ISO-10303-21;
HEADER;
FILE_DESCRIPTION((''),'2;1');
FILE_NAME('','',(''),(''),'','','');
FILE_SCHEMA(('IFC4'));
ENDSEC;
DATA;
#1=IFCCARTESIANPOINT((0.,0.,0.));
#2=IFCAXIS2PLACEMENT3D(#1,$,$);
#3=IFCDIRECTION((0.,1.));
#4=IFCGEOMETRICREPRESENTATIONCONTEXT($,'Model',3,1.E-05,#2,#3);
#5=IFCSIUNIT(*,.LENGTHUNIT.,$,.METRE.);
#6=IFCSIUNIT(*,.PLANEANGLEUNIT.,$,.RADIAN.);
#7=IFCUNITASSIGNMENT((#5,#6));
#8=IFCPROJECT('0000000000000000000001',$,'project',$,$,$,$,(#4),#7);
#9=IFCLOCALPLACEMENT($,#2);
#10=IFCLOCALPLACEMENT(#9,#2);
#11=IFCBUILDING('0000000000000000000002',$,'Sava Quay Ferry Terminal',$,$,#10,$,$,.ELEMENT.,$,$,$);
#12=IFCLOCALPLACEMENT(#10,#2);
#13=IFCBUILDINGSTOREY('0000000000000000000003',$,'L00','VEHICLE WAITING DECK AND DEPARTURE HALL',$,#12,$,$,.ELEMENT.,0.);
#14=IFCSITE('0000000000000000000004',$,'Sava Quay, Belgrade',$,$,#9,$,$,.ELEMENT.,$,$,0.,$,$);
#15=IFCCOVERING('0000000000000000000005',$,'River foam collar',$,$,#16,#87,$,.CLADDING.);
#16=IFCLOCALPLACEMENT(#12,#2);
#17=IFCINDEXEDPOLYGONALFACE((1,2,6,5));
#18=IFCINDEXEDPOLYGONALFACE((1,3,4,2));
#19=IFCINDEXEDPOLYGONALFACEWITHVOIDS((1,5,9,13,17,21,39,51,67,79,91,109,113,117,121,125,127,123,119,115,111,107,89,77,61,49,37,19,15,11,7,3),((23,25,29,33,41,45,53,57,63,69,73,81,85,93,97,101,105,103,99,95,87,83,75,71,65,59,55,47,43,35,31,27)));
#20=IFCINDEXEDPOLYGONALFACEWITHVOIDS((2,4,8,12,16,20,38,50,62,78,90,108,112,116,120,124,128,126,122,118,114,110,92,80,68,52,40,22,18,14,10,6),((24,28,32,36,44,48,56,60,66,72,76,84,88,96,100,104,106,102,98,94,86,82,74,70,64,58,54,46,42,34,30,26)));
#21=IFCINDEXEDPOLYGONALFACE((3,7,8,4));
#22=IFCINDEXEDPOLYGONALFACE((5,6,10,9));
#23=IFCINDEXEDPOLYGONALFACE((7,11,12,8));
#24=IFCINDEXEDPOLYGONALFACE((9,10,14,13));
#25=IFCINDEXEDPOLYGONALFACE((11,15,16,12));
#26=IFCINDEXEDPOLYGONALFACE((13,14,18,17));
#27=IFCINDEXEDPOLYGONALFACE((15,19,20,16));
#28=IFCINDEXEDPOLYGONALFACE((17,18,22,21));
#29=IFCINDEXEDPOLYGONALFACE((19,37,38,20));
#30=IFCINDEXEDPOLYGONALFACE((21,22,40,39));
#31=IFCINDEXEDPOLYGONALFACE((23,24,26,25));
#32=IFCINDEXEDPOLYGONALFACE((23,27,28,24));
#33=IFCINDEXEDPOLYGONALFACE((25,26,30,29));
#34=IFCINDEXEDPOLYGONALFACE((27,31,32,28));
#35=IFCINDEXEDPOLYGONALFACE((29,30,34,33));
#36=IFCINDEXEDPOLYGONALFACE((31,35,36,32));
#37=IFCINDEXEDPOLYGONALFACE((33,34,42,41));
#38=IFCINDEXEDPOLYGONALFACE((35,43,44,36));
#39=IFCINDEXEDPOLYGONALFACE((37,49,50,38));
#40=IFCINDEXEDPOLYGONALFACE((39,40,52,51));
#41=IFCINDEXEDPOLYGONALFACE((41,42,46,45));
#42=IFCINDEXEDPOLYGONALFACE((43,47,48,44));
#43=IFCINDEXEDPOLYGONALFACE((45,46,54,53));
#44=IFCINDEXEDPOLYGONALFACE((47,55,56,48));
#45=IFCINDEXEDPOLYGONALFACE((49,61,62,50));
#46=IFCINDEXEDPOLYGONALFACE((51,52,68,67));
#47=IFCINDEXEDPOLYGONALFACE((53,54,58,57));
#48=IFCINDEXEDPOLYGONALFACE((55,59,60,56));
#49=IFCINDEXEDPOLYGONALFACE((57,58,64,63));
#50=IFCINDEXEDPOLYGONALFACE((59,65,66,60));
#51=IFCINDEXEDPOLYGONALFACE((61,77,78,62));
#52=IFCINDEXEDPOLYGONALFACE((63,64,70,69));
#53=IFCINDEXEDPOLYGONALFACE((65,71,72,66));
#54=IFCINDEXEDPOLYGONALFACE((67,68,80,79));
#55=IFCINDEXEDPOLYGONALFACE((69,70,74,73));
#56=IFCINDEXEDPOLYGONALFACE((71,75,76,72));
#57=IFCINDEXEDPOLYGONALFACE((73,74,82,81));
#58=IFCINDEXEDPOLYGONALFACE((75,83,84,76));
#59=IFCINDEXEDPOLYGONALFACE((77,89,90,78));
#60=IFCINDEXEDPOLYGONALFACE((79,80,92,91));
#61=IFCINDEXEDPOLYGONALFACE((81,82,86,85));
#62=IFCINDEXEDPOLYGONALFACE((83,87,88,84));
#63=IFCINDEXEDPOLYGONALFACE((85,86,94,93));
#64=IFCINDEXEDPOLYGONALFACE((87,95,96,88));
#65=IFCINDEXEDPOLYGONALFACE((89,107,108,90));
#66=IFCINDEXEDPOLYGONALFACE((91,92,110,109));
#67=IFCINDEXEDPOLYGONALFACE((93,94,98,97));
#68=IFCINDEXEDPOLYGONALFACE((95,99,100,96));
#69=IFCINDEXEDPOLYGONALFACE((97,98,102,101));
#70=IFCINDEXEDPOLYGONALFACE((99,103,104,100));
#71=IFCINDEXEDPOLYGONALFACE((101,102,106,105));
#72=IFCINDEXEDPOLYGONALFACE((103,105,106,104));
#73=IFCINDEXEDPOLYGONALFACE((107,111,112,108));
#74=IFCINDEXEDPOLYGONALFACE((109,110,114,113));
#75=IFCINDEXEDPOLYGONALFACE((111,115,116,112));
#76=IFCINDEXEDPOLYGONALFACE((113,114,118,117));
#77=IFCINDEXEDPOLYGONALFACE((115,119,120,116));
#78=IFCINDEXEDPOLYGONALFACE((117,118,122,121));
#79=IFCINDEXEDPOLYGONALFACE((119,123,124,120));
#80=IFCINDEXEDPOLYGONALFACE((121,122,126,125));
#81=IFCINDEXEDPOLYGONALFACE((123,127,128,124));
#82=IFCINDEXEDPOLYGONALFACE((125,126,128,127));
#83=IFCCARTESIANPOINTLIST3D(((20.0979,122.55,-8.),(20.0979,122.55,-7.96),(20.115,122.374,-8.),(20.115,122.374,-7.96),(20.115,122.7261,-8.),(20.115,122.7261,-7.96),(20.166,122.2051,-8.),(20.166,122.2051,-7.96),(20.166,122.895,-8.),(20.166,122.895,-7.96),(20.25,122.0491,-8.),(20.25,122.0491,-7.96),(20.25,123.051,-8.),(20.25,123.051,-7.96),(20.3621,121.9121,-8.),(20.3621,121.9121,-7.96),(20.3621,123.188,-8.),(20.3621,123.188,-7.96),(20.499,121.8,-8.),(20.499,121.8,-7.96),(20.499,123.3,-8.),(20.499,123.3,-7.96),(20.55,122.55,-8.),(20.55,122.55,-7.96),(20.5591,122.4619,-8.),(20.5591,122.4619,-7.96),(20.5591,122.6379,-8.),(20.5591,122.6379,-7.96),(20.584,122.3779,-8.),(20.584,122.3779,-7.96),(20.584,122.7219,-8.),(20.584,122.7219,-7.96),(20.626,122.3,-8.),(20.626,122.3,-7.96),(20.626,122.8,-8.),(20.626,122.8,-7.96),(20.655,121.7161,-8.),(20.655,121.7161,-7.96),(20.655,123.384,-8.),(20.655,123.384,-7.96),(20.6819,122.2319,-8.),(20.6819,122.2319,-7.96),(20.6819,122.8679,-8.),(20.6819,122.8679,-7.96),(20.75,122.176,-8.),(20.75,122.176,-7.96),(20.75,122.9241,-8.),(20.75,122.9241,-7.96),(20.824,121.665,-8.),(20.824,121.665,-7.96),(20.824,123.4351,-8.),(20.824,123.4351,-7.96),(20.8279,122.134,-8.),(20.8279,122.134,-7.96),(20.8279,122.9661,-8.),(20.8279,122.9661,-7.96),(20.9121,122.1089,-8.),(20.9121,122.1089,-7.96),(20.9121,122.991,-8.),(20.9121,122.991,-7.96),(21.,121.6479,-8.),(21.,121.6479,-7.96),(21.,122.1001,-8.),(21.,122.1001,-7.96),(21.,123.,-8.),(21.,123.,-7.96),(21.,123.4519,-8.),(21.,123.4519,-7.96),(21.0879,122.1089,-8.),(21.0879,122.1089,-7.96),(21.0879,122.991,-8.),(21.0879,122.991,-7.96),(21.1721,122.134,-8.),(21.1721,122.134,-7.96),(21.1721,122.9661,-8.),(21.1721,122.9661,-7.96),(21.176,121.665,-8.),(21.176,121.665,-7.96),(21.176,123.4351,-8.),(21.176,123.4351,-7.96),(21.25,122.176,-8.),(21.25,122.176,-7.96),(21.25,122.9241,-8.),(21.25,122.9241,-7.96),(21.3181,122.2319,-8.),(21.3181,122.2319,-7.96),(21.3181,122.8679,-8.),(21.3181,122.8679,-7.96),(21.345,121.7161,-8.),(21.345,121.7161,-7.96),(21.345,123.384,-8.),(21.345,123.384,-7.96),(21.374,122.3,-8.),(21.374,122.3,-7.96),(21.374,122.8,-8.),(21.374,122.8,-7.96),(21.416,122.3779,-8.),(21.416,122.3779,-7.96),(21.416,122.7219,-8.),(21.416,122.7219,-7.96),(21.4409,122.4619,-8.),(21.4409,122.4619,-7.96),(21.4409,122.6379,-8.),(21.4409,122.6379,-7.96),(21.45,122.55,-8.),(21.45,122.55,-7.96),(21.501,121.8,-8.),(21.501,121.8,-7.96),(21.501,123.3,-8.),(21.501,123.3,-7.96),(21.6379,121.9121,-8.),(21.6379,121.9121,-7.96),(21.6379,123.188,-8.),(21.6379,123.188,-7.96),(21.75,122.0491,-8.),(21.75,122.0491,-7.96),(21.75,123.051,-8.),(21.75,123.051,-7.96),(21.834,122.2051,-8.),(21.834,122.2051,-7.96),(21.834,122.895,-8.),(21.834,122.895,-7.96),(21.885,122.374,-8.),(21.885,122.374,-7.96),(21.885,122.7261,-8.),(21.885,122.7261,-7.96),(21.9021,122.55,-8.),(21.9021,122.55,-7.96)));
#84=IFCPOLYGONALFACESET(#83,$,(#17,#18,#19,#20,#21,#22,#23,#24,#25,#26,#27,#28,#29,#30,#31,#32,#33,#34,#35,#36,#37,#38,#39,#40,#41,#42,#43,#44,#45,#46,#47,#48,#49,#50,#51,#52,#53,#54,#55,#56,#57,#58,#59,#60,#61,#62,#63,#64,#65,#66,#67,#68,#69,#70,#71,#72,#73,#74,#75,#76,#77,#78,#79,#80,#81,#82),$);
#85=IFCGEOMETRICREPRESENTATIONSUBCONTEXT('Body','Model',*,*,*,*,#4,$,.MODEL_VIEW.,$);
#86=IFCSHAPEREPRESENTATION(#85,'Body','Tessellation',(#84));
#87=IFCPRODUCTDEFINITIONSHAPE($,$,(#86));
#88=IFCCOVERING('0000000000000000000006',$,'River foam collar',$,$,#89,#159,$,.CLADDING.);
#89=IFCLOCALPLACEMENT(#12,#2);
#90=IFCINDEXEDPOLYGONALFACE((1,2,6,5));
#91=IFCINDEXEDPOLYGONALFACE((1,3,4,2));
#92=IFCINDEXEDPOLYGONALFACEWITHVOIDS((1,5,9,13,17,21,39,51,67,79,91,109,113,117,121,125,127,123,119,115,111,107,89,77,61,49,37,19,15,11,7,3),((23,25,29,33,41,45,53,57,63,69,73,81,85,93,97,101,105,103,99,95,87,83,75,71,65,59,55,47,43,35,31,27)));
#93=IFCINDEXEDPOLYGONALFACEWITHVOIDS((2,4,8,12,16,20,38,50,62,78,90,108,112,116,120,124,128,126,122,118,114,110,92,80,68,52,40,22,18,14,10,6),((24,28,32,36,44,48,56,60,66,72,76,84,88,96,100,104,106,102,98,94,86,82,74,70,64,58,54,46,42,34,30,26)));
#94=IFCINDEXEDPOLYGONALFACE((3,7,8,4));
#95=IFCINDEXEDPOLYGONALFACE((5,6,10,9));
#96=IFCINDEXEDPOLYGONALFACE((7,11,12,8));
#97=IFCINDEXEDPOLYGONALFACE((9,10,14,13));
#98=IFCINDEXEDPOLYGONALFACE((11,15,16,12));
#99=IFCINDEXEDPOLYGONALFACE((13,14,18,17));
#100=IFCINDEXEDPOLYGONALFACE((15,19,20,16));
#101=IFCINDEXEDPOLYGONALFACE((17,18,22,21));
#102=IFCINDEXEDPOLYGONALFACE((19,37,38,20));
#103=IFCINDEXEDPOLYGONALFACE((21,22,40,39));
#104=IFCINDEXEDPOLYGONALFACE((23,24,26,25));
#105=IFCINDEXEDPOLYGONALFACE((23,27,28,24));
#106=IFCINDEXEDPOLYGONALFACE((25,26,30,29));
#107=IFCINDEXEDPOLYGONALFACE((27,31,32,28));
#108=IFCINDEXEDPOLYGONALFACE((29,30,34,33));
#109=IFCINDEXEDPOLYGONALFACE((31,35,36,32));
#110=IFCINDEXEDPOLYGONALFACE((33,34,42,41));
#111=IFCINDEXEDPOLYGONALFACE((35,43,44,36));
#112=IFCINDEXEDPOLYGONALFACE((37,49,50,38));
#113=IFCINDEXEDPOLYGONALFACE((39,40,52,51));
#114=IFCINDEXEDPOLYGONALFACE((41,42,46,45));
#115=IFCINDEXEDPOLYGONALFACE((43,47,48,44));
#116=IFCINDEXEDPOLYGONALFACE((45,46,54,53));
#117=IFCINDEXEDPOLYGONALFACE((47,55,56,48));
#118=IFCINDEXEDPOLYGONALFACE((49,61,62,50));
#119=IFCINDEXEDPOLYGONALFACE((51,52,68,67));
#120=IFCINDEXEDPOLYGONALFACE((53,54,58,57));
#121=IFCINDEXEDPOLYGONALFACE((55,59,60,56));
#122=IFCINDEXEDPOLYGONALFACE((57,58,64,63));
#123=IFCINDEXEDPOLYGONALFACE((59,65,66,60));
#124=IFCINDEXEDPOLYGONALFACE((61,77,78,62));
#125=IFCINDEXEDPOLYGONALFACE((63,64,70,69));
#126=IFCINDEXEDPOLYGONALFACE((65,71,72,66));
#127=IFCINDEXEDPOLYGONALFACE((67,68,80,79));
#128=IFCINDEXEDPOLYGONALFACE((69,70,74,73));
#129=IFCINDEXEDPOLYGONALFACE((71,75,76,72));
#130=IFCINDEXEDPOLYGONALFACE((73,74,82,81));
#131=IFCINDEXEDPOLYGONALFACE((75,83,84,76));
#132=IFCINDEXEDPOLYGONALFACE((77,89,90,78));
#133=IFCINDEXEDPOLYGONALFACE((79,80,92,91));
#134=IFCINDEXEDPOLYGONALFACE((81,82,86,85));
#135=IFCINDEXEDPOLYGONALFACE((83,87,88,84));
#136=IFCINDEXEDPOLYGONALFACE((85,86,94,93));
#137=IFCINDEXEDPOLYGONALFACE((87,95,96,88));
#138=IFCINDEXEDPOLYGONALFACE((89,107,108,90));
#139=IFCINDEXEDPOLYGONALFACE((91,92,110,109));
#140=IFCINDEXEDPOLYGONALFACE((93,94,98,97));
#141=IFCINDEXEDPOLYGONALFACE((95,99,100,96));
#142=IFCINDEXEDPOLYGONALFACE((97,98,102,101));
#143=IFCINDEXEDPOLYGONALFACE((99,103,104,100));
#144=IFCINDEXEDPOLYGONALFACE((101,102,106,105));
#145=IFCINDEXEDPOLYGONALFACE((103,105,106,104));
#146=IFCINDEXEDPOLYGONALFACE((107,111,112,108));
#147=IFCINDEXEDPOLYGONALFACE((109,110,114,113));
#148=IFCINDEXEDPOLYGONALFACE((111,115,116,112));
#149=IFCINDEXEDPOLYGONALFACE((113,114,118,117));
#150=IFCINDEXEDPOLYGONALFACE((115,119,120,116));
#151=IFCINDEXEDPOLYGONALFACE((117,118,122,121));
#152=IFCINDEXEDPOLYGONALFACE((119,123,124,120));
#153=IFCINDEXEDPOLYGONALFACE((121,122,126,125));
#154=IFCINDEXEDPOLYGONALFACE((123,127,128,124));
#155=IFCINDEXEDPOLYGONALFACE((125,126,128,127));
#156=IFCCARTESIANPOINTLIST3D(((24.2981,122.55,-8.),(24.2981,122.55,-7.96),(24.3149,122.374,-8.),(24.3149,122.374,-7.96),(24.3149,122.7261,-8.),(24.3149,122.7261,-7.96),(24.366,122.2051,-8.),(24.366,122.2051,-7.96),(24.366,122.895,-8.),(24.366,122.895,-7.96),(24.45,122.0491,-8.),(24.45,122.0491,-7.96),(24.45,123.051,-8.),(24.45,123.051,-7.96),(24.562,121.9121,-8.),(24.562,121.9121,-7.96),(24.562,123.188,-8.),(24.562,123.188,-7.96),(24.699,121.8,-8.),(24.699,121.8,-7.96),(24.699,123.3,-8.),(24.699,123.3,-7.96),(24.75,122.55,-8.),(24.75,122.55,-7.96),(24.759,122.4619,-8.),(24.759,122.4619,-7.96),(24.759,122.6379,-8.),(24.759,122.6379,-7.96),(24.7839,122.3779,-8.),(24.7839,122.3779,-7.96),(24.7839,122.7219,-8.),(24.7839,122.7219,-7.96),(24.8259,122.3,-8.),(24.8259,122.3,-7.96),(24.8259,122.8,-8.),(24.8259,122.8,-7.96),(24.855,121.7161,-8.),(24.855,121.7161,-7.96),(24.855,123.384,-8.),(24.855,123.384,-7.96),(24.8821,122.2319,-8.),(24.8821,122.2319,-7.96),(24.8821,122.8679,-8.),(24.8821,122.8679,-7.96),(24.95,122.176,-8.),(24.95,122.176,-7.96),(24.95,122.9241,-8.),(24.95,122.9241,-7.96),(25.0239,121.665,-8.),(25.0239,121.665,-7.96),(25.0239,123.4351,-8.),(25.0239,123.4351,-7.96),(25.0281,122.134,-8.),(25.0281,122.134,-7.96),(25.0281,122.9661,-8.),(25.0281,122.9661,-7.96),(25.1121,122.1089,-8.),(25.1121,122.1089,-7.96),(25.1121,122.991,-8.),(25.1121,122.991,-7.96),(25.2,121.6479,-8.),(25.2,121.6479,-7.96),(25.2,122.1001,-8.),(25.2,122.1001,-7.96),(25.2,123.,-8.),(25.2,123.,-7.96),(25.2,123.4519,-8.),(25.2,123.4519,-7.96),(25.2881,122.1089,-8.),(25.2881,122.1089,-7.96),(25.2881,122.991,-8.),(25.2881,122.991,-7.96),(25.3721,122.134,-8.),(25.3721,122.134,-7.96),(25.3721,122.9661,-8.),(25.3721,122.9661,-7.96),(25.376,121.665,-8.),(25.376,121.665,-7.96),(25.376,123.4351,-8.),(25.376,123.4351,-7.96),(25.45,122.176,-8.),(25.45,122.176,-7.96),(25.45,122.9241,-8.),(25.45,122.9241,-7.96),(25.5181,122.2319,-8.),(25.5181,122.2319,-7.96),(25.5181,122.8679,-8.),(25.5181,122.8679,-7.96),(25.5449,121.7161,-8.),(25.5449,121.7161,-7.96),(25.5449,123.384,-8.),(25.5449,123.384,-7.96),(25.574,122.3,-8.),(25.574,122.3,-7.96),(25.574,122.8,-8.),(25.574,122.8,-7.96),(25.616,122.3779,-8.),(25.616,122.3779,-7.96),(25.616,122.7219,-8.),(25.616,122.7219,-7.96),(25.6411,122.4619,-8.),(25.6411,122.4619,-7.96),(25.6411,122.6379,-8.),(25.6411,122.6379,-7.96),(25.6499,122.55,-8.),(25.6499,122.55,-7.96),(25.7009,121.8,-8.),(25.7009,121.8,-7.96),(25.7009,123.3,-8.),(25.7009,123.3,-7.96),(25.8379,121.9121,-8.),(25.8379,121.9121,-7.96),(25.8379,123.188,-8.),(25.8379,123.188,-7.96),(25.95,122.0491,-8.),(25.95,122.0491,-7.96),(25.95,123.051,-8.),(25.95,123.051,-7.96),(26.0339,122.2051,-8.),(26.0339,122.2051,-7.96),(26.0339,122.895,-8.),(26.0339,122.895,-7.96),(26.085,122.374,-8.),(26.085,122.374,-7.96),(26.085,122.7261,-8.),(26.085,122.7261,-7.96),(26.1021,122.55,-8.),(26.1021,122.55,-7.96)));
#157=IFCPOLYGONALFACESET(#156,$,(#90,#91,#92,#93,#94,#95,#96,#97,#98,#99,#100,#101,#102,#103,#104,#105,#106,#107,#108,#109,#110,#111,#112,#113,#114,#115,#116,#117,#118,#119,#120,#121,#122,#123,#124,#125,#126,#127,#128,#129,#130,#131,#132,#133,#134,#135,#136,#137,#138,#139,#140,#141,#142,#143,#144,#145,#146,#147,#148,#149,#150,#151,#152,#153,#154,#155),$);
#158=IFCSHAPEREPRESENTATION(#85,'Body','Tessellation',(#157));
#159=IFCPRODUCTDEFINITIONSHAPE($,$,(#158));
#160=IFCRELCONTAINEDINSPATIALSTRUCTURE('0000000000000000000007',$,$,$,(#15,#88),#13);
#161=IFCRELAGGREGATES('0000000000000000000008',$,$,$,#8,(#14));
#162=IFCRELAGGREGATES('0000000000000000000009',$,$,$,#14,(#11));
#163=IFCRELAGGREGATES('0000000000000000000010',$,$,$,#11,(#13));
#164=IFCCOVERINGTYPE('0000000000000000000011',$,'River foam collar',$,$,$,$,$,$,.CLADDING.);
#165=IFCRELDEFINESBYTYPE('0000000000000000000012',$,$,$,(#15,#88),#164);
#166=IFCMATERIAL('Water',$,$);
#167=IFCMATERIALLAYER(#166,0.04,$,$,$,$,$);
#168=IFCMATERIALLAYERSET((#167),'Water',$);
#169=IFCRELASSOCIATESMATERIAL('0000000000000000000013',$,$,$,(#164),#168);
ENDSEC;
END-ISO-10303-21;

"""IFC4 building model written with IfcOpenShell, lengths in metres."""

from ifc_helpers import new_model, si_unit, direction, frame, origin, place, context, subcontext, project, spatial, polyline, outline, extrude, material, layer, layer_set, type_object, element, save


model = new_model("IFC4")

# Units and contexts
model_context = context("Model", 3, precision=1e-05, world=origin(), true_north=direction((0.0, 1.0)))
body_context = subcontext(model_context, "Body", "Model", "MODEL_VIEW")
ifc_project = project(units=[si_unit("LENGTHUNIT", "METRE"), si_unit("PLANEANGLEUNIT", "RADIAN")], contexts=[model_context])

# Site, building, storey
site_placement = place(None, origin())
site = spatial("IfcSite", under=ifc_project, at=site_placement, Name="Sava Quay, Belgrade", CompositionType="ELEMENT", RefElevation=0.0)
building_placement = place(site_placement, origin())
building = spatial("IfcBuilding", under=site, at=building_placement, Name="Sava Quay Ferry Terminal", CompositionType="ELEMENT")
storey_placement = place(building_placement, origin())
storey = spatial("IfcBuildingStorey", under=building, at=storey_placement, Name="L00", Description="VEHICLE WAITING DECK AND DEPARTURE HALL", CompositionType="ELEMENT", Elevation=0.0)

# Coverings
ifc_material = material(Name="Water")
ifc_layer = layer(ifc_material, 0.04)
ifc_layer_set = layer_set([ifc_layer], Name="Water")
covering_type = type_object("IfcCoveringType", Name="River foam collar", PredefinedType="CLADDING", material=ifc_layer_set)
covering_1_placement = place(storey_placement, frame((0.0, 0.0, -8.0)))
element("IfcCovering", 1, at=covering_1_placement, inside=storey, type_object=covering_type, Name="River foam collar", PredefinedType="CLADDING", context=body_context, shape_type="SweptSolid", body=[
    extrude(outline(polyline([(21.176, 123.4351), (21.0, 123.4519), (20.824, 123.4351), (20.655, 123.384), (20.499, 123.3), (20.3621, 123.188), (20.25, 123.051), (20.166, 122.895), (20.115, 122.7261), (20.0979, 122.55), (20.115, 122.374), (20.166, 122.2051), (20.25, 122.0491), (20.3621, 121.9121), (20.499, 121.8), (20.655, 121.7161), (20.824, 121.665), (21.0, 121.6479), (21.176, 121.665), (21.345, 121.7161), (21.501, 121.8), (21.6379, 121.9121), (21.75, 122.0491), (21.834, 122.2051), (21.885, 122.374), (21.9021, 122.55), (21.885, 122.7261), (21.834, 122.895), (21.75, 123.051), (21.6379, 123.188), (21.501, 123.3), (21.345, 123.384), (21.176, 123.4351)]), holes=[polyline([(21.0879, 122.1089), (21.0, 122.1001), (20.9121, 122.1089), (20.8279, 122.134), (20.75, 122.176), (20.6819, 122.2319), (20.626, 122.3), (20.584, 122.3779), (20.5591, 122.4619), (20.55, 122.55), (20.5591, 122.6379), (20.584, 122.7219), (20.626, 122.8), (20.6819, 122.8679), (20.75, 122.9241), (20.8279, 122.9661), (20.9121, 122.991), (21.0, 123.0), (21.0879, 122.991), (21.1721, 122.9661), (21.25, 122.9241), (21.3181, 122.8679), (21.374, 122.8), (21.416, 122.7219), (21.4409, 122.6379), (21.45, 122.55), (21.4409, 122.4619), (21.416, 122.3779), (21.374, 122.3), (21.3181, 122.2319), (21.25, 122.176), (21.1721, 122.134), (21.0879, 122.1089)])]), origin(), (0.0, 0.0, 1.0), 0.04),
])
covering_2_placement = place(storey_placement, frame((0.0, 0.0, -8.0)))
element("IfcCovering", 2, at=covering_2_placement, inside=storey, type_object=covering_type, Name="River foam collar", PredefinedType="CLADDING", context=body_context, shape_type="SweptSolid", body=[
    extrude(outline(polyline([(25.5449, 123.384), (25.376, 123.4351), (25.2, 123.4519), (25.0239, 123.4351), (24.855, 123.384), (24.699, 123.3), (24.562, 123.188), (24.45, 123.051), (24.366, 122.895), (24.3149, 122.7261), (24.2981, 122.55), (24.3149, 122.374), (24.366, 122.2051), (24.45, 122.0491), (24.562, 121.9121), (24.699, 121.8), (24.855, 121.7161), (25.0239, 121.665), (25.2, 121.6479), (25.376, 121.665), (25.5449, 121.7161), (25.7009, 121.8), (25.8379, 121.9121), (25.95, 122.0491), (26.0339, 122.2051), (26.085, 122.374), (26.1021, 122.55), (26.085, 122.7261), (26.0339, 122.895), (25.95, 123.051), (25.8379, 123.188), (25.7009, 123.3), (25.5449, 123.384)]), holes=[polyline([(25.3721, 122.134), (25.2881, 122.1089), (25.2, 122.1001), (25.1121, 122.1089), (25.0281, 122.134), (24.95, 122.176), (24.8821, 122.2319), (24.8259, 122.3), (24.7839, 122.3779), (24.759, 122.4619), (24.75, 122.55), (24.759, 122.6379), (24.7839, 122.7219), (24.8259, 122.8), (24.8821, 122.8679), (24.95, 122.9241), (25.0281, 122.9661), (25.1121, 122.991), (25.2, 123.0), (25.2881, 122.991), (25.3721, 122.9661), (25.45, 122.9241), (25.5181, 122.8679), (25.574, 122.8), (25.616, 122.7219), (25.6411, 122.6379), (25.6499, 122.55), (25.6411, 122.4619), (25.616, 122.3779), (25.574, 122.3), (25.5181, 122.2319), (25.45, 122.176), (25.3721, 122.134)])]), origin(), (0.0, 0.0, 1.0), 0.04),
])

save(model, "model.ifc")
